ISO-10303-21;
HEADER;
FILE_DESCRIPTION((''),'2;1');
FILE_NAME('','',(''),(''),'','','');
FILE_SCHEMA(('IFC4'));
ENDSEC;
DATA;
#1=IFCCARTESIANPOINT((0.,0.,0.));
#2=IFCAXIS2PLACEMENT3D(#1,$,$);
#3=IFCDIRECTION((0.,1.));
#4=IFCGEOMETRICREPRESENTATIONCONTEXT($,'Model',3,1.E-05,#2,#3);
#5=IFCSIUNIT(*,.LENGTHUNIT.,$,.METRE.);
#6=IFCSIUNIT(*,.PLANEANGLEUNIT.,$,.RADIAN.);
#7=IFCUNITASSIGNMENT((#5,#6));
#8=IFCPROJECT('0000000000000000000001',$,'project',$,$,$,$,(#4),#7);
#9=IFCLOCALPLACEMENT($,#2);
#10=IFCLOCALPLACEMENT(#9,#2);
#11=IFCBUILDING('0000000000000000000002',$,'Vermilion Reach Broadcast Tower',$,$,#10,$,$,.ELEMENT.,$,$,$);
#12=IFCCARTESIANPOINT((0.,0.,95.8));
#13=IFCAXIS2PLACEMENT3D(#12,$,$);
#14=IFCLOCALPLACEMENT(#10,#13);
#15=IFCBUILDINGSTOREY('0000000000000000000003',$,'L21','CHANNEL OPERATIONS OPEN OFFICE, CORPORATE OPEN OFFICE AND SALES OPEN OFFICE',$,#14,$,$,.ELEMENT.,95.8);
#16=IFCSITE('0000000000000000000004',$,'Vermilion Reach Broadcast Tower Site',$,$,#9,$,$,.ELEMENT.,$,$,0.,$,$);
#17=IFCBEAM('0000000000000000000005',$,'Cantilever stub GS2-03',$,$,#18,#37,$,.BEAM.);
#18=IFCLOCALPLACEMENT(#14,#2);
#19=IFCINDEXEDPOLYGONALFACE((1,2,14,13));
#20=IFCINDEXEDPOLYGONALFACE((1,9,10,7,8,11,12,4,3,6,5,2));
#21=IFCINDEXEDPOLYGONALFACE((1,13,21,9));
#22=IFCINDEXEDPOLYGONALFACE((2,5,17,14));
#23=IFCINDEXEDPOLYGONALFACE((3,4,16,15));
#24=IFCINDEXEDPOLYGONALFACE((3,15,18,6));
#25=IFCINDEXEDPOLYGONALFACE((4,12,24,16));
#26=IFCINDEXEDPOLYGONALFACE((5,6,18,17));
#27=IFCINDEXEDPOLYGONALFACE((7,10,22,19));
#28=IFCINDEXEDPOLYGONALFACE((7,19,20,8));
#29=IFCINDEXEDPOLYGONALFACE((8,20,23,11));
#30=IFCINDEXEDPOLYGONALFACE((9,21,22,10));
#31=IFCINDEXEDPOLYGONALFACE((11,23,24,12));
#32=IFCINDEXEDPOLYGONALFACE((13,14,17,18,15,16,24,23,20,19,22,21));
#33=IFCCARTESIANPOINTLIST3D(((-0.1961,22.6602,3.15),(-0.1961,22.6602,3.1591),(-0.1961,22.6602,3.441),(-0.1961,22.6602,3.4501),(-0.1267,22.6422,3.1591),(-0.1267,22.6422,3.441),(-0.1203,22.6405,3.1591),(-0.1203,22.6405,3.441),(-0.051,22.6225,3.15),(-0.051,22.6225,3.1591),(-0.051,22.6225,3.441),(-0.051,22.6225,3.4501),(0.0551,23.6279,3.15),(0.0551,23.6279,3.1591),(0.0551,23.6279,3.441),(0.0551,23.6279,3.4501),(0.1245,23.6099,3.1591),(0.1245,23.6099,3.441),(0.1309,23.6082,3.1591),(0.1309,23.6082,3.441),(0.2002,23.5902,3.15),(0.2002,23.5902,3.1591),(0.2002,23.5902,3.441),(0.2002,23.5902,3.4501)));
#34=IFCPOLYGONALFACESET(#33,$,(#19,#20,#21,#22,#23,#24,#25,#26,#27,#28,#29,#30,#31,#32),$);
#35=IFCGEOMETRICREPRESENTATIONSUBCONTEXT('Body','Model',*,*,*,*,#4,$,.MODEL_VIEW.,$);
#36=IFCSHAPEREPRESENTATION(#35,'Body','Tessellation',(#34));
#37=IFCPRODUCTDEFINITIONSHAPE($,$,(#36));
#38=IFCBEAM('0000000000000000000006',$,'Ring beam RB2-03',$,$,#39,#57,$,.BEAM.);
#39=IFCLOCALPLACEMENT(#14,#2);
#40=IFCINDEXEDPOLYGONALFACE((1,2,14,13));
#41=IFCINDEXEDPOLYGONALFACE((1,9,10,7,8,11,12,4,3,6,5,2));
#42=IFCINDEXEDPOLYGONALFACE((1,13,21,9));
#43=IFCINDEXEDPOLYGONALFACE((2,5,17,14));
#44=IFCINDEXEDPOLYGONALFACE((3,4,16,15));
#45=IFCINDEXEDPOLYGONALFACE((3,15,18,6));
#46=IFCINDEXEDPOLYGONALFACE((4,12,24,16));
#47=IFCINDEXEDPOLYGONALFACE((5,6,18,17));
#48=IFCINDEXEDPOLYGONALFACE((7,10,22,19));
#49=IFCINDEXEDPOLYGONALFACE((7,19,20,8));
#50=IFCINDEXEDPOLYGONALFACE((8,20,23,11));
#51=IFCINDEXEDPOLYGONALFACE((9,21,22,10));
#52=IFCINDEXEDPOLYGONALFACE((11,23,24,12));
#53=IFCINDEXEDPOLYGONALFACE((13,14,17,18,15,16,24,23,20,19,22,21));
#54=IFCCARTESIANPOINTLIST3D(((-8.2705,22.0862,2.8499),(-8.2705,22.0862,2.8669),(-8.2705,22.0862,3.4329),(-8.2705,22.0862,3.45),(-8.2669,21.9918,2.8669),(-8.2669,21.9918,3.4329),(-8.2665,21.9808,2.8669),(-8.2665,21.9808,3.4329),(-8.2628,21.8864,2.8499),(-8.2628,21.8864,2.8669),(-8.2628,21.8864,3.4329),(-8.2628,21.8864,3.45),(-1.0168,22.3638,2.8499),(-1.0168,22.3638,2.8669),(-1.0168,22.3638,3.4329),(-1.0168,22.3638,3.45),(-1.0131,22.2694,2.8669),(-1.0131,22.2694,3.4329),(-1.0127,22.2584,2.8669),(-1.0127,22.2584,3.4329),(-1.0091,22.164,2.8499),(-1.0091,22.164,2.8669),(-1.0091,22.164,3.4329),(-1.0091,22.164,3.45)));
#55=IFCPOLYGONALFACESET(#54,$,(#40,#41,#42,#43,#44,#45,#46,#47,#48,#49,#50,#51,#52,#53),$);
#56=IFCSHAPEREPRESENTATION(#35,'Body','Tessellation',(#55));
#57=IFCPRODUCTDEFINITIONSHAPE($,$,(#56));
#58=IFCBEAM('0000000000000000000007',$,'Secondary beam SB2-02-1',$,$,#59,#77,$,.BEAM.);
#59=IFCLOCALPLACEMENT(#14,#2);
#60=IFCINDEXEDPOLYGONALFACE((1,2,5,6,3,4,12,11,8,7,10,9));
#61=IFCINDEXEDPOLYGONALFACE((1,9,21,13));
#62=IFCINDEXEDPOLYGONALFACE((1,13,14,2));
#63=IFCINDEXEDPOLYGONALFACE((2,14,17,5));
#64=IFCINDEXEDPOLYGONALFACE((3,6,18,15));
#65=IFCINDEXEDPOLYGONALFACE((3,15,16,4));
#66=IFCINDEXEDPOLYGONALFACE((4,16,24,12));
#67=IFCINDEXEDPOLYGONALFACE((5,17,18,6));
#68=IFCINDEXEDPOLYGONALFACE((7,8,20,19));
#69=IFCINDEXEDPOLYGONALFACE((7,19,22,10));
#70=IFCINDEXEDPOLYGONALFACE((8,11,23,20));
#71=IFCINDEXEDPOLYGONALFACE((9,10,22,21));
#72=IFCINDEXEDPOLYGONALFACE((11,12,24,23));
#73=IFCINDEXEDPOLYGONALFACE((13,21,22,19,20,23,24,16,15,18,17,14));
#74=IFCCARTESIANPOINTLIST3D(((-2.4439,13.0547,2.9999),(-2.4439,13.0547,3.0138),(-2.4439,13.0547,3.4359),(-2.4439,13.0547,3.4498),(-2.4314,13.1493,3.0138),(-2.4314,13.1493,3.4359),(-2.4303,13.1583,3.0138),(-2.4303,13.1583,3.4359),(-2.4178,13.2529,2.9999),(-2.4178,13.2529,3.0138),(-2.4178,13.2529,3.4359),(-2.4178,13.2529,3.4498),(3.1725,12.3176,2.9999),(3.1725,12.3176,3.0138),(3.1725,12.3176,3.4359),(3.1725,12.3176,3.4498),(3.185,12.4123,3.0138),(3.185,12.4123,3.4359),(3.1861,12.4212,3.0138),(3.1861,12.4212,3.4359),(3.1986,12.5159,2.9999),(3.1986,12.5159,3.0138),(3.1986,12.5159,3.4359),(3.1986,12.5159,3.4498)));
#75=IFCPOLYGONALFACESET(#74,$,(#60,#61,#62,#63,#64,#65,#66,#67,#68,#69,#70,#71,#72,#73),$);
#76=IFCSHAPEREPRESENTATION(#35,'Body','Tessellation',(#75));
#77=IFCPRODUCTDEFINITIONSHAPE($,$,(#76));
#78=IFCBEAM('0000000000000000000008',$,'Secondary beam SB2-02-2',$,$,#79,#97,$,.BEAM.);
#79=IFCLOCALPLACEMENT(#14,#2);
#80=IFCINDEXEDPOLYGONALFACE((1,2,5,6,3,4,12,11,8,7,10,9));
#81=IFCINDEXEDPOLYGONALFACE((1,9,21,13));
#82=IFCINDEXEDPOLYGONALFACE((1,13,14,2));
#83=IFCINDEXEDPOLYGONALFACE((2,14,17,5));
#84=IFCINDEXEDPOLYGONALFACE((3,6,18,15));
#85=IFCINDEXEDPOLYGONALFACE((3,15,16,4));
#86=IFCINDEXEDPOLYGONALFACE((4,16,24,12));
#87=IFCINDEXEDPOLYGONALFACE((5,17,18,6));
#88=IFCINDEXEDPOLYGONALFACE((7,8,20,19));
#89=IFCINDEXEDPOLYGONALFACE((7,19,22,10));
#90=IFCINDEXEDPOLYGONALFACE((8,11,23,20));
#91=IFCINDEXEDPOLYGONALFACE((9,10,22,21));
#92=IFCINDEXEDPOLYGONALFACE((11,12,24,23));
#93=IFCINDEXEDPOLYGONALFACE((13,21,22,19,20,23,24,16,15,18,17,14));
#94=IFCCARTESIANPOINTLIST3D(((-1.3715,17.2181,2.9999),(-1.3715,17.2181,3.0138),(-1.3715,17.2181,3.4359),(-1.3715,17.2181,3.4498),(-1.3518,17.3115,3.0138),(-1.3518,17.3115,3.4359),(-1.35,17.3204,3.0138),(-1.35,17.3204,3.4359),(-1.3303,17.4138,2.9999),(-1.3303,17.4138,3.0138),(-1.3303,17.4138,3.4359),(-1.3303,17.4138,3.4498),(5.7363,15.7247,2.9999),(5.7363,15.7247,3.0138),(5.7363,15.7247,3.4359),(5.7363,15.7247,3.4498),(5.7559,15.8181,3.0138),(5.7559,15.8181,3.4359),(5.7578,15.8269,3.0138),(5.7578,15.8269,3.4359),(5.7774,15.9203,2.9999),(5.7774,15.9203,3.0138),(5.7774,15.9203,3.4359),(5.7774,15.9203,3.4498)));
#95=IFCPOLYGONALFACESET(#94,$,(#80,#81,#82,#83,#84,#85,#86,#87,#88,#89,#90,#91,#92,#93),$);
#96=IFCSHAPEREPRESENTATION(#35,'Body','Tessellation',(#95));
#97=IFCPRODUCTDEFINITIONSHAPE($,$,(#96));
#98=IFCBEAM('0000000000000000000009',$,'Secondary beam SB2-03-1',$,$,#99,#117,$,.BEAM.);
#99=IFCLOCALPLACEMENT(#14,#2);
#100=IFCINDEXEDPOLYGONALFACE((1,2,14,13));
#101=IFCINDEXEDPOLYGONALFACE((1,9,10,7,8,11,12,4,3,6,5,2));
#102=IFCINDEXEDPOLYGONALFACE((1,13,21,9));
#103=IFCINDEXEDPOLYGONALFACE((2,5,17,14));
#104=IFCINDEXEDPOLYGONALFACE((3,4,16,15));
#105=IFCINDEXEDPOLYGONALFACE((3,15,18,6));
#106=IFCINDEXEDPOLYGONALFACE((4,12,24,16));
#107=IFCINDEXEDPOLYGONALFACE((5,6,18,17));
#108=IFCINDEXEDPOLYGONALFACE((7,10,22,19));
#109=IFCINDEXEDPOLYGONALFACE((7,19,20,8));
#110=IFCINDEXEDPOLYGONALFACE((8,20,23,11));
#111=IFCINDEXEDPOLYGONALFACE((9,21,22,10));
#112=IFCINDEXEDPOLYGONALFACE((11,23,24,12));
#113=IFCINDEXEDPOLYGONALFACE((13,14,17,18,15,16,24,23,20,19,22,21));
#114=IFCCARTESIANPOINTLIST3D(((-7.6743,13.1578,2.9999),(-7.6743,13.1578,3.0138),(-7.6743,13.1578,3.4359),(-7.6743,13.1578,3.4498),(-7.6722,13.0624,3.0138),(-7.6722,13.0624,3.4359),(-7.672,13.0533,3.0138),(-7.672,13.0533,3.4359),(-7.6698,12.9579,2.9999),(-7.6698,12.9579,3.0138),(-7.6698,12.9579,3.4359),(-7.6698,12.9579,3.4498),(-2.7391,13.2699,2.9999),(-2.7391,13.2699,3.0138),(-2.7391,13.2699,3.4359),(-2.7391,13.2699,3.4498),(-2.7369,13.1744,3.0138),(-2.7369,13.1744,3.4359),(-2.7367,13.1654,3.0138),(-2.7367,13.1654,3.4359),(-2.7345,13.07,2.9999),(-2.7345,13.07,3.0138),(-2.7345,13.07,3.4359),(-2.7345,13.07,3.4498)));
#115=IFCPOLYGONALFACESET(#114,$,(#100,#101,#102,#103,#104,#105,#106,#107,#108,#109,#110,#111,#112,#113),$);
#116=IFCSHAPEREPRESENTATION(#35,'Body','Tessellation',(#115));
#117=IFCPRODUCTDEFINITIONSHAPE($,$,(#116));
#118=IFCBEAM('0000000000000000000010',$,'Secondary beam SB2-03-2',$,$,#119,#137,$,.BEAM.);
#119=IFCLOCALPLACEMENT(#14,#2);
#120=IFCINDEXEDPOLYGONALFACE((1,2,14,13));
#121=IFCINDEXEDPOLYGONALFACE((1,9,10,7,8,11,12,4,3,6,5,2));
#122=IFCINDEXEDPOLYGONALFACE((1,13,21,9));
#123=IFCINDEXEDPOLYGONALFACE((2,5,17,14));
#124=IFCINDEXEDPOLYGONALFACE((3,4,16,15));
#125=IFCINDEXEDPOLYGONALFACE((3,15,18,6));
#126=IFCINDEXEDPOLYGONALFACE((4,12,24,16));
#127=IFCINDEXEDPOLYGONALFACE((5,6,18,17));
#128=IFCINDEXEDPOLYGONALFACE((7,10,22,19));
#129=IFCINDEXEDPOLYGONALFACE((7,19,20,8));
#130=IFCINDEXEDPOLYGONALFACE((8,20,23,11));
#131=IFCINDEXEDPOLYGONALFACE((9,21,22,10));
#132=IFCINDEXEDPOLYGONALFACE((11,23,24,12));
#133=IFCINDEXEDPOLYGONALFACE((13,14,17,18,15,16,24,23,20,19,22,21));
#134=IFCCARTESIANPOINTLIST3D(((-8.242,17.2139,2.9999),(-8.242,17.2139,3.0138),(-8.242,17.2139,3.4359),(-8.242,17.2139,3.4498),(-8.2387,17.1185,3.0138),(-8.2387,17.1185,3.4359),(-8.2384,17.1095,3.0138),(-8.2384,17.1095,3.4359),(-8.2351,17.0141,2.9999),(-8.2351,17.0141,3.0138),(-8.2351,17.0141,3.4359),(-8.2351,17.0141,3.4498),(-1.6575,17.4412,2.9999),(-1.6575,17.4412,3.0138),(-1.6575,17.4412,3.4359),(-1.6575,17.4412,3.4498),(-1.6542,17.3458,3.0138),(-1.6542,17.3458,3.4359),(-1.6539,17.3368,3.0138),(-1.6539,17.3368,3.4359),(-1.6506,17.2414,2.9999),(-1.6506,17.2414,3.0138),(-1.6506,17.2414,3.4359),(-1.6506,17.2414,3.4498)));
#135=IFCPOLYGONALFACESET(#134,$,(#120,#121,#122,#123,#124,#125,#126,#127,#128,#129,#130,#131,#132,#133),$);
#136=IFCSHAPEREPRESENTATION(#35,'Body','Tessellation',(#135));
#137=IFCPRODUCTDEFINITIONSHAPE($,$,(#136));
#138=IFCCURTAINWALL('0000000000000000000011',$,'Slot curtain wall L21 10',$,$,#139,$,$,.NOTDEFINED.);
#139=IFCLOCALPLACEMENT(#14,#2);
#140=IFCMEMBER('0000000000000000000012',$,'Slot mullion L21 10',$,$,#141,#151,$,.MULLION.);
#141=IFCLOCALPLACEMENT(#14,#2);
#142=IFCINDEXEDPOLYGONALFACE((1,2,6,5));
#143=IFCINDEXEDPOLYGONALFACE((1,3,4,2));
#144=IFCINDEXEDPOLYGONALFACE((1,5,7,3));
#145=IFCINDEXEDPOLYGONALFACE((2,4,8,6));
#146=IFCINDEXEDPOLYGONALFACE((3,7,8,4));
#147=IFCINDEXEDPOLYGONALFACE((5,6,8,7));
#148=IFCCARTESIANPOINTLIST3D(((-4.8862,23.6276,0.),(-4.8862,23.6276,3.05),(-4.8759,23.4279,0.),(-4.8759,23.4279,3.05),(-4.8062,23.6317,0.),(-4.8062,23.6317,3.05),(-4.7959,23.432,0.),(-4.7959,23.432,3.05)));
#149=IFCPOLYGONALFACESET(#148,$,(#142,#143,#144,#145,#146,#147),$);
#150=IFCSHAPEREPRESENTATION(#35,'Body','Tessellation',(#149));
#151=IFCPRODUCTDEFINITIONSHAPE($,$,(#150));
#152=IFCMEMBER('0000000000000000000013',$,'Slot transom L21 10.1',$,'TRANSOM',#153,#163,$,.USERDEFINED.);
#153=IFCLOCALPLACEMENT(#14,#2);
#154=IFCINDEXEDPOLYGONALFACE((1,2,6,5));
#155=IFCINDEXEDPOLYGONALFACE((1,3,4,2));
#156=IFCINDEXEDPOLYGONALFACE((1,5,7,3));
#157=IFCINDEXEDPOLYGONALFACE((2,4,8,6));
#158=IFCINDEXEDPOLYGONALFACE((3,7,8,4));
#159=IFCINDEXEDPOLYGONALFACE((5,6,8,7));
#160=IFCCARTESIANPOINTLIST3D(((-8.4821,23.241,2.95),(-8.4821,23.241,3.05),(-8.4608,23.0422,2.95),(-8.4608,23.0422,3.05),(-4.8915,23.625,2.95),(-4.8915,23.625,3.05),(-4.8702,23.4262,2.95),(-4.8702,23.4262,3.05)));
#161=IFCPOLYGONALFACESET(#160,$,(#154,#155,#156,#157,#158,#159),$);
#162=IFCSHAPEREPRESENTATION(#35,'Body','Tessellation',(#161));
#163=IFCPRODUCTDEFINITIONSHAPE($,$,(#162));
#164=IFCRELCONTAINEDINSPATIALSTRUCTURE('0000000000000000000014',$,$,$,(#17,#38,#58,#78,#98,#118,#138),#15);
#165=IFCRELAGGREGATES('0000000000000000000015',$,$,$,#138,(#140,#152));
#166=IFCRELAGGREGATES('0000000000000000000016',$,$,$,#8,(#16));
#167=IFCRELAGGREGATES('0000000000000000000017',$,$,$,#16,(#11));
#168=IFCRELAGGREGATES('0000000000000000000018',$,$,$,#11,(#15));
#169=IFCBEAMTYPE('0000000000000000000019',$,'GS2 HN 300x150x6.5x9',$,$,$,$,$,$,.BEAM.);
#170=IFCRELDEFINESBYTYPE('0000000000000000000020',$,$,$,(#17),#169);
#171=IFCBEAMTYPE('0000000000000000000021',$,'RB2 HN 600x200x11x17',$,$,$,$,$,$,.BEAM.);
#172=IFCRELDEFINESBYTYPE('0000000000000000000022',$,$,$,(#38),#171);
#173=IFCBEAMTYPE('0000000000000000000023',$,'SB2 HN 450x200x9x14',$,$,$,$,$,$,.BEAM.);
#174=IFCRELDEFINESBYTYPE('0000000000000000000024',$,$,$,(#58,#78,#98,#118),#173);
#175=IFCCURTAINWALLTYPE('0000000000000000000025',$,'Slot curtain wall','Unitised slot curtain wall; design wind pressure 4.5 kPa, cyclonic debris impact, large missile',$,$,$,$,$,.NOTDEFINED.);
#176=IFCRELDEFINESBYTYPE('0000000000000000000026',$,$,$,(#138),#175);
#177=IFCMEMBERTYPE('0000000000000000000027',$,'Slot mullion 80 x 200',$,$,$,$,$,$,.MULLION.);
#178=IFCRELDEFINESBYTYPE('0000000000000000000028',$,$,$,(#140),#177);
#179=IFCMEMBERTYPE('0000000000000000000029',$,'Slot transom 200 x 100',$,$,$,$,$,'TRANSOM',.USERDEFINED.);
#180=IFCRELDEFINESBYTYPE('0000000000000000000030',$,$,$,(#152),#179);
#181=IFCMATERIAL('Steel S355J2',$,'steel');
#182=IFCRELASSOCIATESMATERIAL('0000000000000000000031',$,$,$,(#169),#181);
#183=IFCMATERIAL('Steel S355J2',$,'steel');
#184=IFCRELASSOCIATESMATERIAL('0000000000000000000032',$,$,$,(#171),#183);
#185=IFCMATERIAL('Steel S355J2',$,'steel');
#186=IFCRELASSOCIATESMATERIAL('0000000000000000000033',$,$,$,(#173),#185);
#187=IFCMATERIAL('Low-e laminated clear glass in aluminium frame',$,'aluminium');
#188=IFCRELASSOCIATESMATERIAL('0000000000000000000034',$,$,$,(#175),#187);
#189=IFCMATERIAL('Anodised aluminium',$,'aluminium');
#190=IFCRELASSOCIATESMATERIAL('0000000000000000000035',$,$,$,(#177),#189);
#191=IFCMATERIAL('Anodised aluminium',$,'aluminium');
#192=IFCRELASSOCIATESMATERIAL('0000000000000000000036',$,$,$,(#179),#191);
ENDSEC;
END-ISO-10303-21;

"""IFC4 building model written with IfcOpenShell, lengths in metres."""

from ifc_helpers import new_model, si_unit, direction, frame, origin, origin_2d, place, context, subcontext, project, spatial, rectangle, i_section, extrude, material, material_profile, profile_set, type_object, element, aggregate, save


model = new_model("IFC4")

# Units and contexts
model_context = context("Model", 3, precision=1e-05, world=origin(), true_north=direction((0.0, 1.0)))
body_context = subcontext(model_context, "Body", "Model", "MODEL_VIEW")
ifc_project = project(units=[si_unit("LENGTHUNIT", "METRE"), si_unit("PLANEANGLEUNIT", "RADIAN")], contexts=[model_context])

# Site, building, storey
site_placement = place(None, origin())
site = spatial("IfcSite", under=ifc_project, at=site_placement, Name="Vermilion Reach Broadcast Tower Site", CompositionType="ELEMENT", RefElevation=0.0)
building_placement = place(site_placement, origin())
building = spatial("IfcBuilding", under=site, at=building_placement, Name="Vermilion Reach Broadcast Tower", CompositionType="ELEMENT")
storey_placement = place(building_placement, frame((0.0, 0.0, 95.8)))
storey = spatial("IfcBuildingStorey", under=building, at=storey_placement, Name="L21", Description="CHANNEL OPERATIONS OPEN OFFICE, CORPORATE OPEN OFFICE AND SALES OPEN OFFICE", CompositionType="ELEMENT", Elevation=95.8)

# Beams
ifc_material_1 = material(Name="Steel S355J2", Category="steel")
ifc_material_profile_1 = material_profile(ifc_material_1, i_section(OverallWidth=0.1499, OverallDepth=0.3, WebThickness=0.0066, FlangeThickness=0.009, at=origin_2d()), Name="S355J2 HN 300x150x6.5x9")
ifc_profile_set_1 = profile_set([ifc_material_profile_1], Name="Steel S355J2")
beam_type_1 = type_object("IfcBeamType", Name="GS2 HN 300x150x6.5x9", PredefinedType="BEAM", material=ifc_profile_set_1)
beam_1_placement = place(storey_placement, frame((-0.1235, 22.6414, 3.3), z_axis=(0.251259, 0.96792, 0.0), x_axis=(-0.96792, 0.251259, 0.0)))
element("IfcBeam", 1, at=beam_1_placement, inside=storey, type_object=beam_type_1, Name="Cantilever stub GS2-03", PredefinedType="BEAM", context=body_context, shape_type="SweptSolid", body=[
    extrude(i_section(OverallWidth=0.1499, OverallDepth=0.3, WebThickness=0.0066, FlangeThickness=0.009, at=origin_2d()), origin(), (0.0, 0.0, 1.0), 0.9998),
])
ifc_material_2 = material(Name="Steel S355J2", Category="steel")
ifc_material_profile_2 = material_profile(ifc_material_2, i_section(OverallWidth=0.2, OverallDepth=0.6001, WebThickness=0.011, FlangeThickness=0.0171, at=origin_2d()), Name="S355J2 HN 600x200x11x17")
ifc_profile_set_2 = profile_set([ifc_material_profile_2], Name="Steel S355J2")
beam_type_2 = type_object("IfcBeamType", Name="RB2 HN 600x200x11x17", PredefinedType="BEAM", material=ifc_profile_set_2)
beam_2_placement = place(storey_placement, frame((-1.0129, 22.2639, 3.1499), z_axis=(-0.999269, -0.038241, 0.0), x_axis=(0.038241, -0.999269, 0.0)))
element("IfcBeam", 2, at=beam_2_placement, inside=storey, type_object=beam_type_2, Name="Ring beam RB2-03", PredefinedType="BEAM", context=body_context, shape_type="SweptSolid", body=[
    extrude(i_section(OverallWidth=0.2, OverallDepth=0.6001, WebThickness=0.011, FlangeThickness=0.0171, at=origin_2d()), origin(), (0.0, 0.0, 1.0), 7.259),
])
ifc_material_3 = material(Name="Steel S355J2", Category="steel")
ifc_material_profile_3 = material_profile(ifc_material_3, i_section(OverallWidth=0.2, OverallDepth=0.45, WebThickness=0.009, FlangeThickness=0.0139, at=origin_2d()), Name="S355J2 HN 450x200x9x14")
ifc_profile_set_3 = profile_set([ifc_material_profile_3], Name="Steel S355J2")
beam_type_3 = type_object("IfcBeamType", Name="SB2 HN 450x200x9x14", PredefinedType="BEAM", material=ifc_profile_set_3)
beam_3_placement = place(storey_placement, frame((3.1855, 12.4167, 3.2249), z_axis=(-0.991499, 0.130117, 0.0), x_axis=(-0.130117, -0.991499, 0.0)))
element("IfcBeam", 3, at=beam_3_placement, inside=storey, type_object=beam_type_3, Name="Secondary beam SB2-02-1", PredefinedType="BEAM", context=body_context, shape_type="SweptSolid", body=[
    extrude(i_section(OverallWidth=0.2, OverallDepth=0.45, WebThickness=0.009, FlangeThickness=0.0139, at=origin_2d()), origin(), (0.0, 0.0, 1.0), 5.6646),
])
beam_4_placement = place(storey_placement, frame((5.7568, 15.8225, 3.2249), z_axis=(-0.978631, 0.205623, 0.0), x_axis=(-0.205623, -0.978631, 0.0)))
element("IfcBeam", 4, at=beam_4_placement, inside=storey, type_object=beam_type_3, Name="Secondary beam SB2-02-2", PredefinedType="BEAM", context=body_context, shape_type="SweptSolid", body=[
    extrude(i_section(OverallWidth=0.2, OverallDepth=0.45, WebThickness=0.009, FlangeThickness=0.0139, at=origin_2d()), origin(), (0.0, 0.0, 1.0), 7.2629),
])
beam_5_placement = place(storey_placement, frame((-2.7368, 13.1699, 3.2249), z_axis=(-0.999742, -0.0227, 0.0), x_axis=(0.0227, -0.999742, 0.0)))
element("IfcBeam", 5, at=beam_5_placement, inside=storey, type_object=beam_type_3, Name="Secondary beam SB2-03-1", PredefinedType="BEAM", context=body_context, shape_type="SweptSolid", body=[
    extrude(i_section(OverallWidth=0.2, OverallDepth=0.45, WebThickness=0.009, FlangeThickness=0.0139, at=origin_2d()), origin(), (0.0, 0.0, 1.0), 4.9365),
])
beam_6_placement = place(storey_placement, frame((-1.6541, 17.3413, 3.2249), z_axis=(-0.999405, -0.034499, 0.0), x_axis=(0.034499, -0.999405, 0.0)))
element("IfcBeam", 6, at=beam_6_placement, inside=storey, type_object=beam_type_3, Name="Secondary beam SB2-03-2", PredefinedType="BEAM", context=body_context, shape_type="SweptSolid", body=[
    extrude(i_section(OverallWidth=0.2, OverallDepth=0.45, WebThickness=0.009, FlangeThickness=0.0139, at=origin_2d()), origin(), (0.0, 0.0, 1.0), 6.5884),
])

# Curtain wall, members
ifc_material_4 = material(Name="Low-e laminated clear glass in aluminium frame", Category="aluminium")
curtain_wall_type = type_object("IfcCurtainWallType", Name="Slot curtain wall", Description="Unitised slot curtain wall; design wind pressure 4.5 kPa, cyclonic debris impact, large missile", PredefinedType="NOTDEFINED", material=ifc_material_4)
curtain_wall_placement = place(storey_placement, origin())
curtain_wall = element("IfcCurtainWall", 7, at=curtain_wall_placement, inside=storey, type_object=curtain_wall_type, Name="Slot curtain wall L21 10", PredefinedType="NOTDEFINED")
ifc_material_5 = material(Name="Anodised aluminium", Category="aluminium")
ifc_material_profile_4 = material_profile(ifc_material_5, rectangle(XDim=0.2, YDim=0.0801, at=origin_2d()), Name="Slot mullion 80 x 200")
ifc_profile_set_4 = profile_set([ifc_material_profile_4], Name="Anodised aluminium")
member_type_1 = type_object("IfcMemberType", Name="Slot mullion 80 x 200", PredefinedType="MULLION", material=ifc_profile_set_4)
member_1_placement = place(storey_placement, frame((-4.8411, 23.5298, 0.0), z_axis=(0.0, 0.0, 1.0), x_axis=(0.051621, -0.998667, 0.0)))
member_1 = element("IfcMember", 8, at=member_1_placement, type_object=member_type_1, Name="Slot mullion L21 10", PredefinedType="MULLION", context=body_context, shape_type="SweptSolid", body=[
    extrude(rectangle(XDim=0.2, YDim=0.0801, at=origin_2d()), origin(), (0.0, 0.0, 1.0), 3.05),
])
ifc_material_6 = material(Name="Anodised aluminium", Category="aluminium")
ifc_material_profile_5 = material_profile(ifc_material_6, rectangle(XDim=0.2, YDim=0.1001, at=origin_2d()), Name="Slot transom 200 x 100")
ifc_profile_set_5 = profile_set([ifc_material_profile_5], Name="Anodised aluminium")
member_type_2 = type_object("IfcMemberType", Name="Slot transom 200 x 100", ElementType="TRANSOM", PredefinedType="USERDEFINED", material=ifc_profile_set_5)
member_2_placement = place(storey_placement, frame((-4.8809, 23.5256, 3.0), z_axis=(-0.994329, -0.106349, 0.0), x_axis=(0.106349, -0.994329, 0.0)))
member_2 = element("IfcMember", 9, at=member_2_placement, type_object=member_type_2, Name="Slot transom L21 10.1", ObjectType="TRANSOM", PredefinedType="USERDEFINED", context=body_context, shape_type="SweptSolid", body=[
    extrude(rectangle(XDim=0.2, YDim=0.1001, at=origin_2d()), origin(), (0.0, 0.0, 1.0), 3.6111),
])
aggregate(curtain_wall, [member_1, member_2])

save(model, "model.ifc")
